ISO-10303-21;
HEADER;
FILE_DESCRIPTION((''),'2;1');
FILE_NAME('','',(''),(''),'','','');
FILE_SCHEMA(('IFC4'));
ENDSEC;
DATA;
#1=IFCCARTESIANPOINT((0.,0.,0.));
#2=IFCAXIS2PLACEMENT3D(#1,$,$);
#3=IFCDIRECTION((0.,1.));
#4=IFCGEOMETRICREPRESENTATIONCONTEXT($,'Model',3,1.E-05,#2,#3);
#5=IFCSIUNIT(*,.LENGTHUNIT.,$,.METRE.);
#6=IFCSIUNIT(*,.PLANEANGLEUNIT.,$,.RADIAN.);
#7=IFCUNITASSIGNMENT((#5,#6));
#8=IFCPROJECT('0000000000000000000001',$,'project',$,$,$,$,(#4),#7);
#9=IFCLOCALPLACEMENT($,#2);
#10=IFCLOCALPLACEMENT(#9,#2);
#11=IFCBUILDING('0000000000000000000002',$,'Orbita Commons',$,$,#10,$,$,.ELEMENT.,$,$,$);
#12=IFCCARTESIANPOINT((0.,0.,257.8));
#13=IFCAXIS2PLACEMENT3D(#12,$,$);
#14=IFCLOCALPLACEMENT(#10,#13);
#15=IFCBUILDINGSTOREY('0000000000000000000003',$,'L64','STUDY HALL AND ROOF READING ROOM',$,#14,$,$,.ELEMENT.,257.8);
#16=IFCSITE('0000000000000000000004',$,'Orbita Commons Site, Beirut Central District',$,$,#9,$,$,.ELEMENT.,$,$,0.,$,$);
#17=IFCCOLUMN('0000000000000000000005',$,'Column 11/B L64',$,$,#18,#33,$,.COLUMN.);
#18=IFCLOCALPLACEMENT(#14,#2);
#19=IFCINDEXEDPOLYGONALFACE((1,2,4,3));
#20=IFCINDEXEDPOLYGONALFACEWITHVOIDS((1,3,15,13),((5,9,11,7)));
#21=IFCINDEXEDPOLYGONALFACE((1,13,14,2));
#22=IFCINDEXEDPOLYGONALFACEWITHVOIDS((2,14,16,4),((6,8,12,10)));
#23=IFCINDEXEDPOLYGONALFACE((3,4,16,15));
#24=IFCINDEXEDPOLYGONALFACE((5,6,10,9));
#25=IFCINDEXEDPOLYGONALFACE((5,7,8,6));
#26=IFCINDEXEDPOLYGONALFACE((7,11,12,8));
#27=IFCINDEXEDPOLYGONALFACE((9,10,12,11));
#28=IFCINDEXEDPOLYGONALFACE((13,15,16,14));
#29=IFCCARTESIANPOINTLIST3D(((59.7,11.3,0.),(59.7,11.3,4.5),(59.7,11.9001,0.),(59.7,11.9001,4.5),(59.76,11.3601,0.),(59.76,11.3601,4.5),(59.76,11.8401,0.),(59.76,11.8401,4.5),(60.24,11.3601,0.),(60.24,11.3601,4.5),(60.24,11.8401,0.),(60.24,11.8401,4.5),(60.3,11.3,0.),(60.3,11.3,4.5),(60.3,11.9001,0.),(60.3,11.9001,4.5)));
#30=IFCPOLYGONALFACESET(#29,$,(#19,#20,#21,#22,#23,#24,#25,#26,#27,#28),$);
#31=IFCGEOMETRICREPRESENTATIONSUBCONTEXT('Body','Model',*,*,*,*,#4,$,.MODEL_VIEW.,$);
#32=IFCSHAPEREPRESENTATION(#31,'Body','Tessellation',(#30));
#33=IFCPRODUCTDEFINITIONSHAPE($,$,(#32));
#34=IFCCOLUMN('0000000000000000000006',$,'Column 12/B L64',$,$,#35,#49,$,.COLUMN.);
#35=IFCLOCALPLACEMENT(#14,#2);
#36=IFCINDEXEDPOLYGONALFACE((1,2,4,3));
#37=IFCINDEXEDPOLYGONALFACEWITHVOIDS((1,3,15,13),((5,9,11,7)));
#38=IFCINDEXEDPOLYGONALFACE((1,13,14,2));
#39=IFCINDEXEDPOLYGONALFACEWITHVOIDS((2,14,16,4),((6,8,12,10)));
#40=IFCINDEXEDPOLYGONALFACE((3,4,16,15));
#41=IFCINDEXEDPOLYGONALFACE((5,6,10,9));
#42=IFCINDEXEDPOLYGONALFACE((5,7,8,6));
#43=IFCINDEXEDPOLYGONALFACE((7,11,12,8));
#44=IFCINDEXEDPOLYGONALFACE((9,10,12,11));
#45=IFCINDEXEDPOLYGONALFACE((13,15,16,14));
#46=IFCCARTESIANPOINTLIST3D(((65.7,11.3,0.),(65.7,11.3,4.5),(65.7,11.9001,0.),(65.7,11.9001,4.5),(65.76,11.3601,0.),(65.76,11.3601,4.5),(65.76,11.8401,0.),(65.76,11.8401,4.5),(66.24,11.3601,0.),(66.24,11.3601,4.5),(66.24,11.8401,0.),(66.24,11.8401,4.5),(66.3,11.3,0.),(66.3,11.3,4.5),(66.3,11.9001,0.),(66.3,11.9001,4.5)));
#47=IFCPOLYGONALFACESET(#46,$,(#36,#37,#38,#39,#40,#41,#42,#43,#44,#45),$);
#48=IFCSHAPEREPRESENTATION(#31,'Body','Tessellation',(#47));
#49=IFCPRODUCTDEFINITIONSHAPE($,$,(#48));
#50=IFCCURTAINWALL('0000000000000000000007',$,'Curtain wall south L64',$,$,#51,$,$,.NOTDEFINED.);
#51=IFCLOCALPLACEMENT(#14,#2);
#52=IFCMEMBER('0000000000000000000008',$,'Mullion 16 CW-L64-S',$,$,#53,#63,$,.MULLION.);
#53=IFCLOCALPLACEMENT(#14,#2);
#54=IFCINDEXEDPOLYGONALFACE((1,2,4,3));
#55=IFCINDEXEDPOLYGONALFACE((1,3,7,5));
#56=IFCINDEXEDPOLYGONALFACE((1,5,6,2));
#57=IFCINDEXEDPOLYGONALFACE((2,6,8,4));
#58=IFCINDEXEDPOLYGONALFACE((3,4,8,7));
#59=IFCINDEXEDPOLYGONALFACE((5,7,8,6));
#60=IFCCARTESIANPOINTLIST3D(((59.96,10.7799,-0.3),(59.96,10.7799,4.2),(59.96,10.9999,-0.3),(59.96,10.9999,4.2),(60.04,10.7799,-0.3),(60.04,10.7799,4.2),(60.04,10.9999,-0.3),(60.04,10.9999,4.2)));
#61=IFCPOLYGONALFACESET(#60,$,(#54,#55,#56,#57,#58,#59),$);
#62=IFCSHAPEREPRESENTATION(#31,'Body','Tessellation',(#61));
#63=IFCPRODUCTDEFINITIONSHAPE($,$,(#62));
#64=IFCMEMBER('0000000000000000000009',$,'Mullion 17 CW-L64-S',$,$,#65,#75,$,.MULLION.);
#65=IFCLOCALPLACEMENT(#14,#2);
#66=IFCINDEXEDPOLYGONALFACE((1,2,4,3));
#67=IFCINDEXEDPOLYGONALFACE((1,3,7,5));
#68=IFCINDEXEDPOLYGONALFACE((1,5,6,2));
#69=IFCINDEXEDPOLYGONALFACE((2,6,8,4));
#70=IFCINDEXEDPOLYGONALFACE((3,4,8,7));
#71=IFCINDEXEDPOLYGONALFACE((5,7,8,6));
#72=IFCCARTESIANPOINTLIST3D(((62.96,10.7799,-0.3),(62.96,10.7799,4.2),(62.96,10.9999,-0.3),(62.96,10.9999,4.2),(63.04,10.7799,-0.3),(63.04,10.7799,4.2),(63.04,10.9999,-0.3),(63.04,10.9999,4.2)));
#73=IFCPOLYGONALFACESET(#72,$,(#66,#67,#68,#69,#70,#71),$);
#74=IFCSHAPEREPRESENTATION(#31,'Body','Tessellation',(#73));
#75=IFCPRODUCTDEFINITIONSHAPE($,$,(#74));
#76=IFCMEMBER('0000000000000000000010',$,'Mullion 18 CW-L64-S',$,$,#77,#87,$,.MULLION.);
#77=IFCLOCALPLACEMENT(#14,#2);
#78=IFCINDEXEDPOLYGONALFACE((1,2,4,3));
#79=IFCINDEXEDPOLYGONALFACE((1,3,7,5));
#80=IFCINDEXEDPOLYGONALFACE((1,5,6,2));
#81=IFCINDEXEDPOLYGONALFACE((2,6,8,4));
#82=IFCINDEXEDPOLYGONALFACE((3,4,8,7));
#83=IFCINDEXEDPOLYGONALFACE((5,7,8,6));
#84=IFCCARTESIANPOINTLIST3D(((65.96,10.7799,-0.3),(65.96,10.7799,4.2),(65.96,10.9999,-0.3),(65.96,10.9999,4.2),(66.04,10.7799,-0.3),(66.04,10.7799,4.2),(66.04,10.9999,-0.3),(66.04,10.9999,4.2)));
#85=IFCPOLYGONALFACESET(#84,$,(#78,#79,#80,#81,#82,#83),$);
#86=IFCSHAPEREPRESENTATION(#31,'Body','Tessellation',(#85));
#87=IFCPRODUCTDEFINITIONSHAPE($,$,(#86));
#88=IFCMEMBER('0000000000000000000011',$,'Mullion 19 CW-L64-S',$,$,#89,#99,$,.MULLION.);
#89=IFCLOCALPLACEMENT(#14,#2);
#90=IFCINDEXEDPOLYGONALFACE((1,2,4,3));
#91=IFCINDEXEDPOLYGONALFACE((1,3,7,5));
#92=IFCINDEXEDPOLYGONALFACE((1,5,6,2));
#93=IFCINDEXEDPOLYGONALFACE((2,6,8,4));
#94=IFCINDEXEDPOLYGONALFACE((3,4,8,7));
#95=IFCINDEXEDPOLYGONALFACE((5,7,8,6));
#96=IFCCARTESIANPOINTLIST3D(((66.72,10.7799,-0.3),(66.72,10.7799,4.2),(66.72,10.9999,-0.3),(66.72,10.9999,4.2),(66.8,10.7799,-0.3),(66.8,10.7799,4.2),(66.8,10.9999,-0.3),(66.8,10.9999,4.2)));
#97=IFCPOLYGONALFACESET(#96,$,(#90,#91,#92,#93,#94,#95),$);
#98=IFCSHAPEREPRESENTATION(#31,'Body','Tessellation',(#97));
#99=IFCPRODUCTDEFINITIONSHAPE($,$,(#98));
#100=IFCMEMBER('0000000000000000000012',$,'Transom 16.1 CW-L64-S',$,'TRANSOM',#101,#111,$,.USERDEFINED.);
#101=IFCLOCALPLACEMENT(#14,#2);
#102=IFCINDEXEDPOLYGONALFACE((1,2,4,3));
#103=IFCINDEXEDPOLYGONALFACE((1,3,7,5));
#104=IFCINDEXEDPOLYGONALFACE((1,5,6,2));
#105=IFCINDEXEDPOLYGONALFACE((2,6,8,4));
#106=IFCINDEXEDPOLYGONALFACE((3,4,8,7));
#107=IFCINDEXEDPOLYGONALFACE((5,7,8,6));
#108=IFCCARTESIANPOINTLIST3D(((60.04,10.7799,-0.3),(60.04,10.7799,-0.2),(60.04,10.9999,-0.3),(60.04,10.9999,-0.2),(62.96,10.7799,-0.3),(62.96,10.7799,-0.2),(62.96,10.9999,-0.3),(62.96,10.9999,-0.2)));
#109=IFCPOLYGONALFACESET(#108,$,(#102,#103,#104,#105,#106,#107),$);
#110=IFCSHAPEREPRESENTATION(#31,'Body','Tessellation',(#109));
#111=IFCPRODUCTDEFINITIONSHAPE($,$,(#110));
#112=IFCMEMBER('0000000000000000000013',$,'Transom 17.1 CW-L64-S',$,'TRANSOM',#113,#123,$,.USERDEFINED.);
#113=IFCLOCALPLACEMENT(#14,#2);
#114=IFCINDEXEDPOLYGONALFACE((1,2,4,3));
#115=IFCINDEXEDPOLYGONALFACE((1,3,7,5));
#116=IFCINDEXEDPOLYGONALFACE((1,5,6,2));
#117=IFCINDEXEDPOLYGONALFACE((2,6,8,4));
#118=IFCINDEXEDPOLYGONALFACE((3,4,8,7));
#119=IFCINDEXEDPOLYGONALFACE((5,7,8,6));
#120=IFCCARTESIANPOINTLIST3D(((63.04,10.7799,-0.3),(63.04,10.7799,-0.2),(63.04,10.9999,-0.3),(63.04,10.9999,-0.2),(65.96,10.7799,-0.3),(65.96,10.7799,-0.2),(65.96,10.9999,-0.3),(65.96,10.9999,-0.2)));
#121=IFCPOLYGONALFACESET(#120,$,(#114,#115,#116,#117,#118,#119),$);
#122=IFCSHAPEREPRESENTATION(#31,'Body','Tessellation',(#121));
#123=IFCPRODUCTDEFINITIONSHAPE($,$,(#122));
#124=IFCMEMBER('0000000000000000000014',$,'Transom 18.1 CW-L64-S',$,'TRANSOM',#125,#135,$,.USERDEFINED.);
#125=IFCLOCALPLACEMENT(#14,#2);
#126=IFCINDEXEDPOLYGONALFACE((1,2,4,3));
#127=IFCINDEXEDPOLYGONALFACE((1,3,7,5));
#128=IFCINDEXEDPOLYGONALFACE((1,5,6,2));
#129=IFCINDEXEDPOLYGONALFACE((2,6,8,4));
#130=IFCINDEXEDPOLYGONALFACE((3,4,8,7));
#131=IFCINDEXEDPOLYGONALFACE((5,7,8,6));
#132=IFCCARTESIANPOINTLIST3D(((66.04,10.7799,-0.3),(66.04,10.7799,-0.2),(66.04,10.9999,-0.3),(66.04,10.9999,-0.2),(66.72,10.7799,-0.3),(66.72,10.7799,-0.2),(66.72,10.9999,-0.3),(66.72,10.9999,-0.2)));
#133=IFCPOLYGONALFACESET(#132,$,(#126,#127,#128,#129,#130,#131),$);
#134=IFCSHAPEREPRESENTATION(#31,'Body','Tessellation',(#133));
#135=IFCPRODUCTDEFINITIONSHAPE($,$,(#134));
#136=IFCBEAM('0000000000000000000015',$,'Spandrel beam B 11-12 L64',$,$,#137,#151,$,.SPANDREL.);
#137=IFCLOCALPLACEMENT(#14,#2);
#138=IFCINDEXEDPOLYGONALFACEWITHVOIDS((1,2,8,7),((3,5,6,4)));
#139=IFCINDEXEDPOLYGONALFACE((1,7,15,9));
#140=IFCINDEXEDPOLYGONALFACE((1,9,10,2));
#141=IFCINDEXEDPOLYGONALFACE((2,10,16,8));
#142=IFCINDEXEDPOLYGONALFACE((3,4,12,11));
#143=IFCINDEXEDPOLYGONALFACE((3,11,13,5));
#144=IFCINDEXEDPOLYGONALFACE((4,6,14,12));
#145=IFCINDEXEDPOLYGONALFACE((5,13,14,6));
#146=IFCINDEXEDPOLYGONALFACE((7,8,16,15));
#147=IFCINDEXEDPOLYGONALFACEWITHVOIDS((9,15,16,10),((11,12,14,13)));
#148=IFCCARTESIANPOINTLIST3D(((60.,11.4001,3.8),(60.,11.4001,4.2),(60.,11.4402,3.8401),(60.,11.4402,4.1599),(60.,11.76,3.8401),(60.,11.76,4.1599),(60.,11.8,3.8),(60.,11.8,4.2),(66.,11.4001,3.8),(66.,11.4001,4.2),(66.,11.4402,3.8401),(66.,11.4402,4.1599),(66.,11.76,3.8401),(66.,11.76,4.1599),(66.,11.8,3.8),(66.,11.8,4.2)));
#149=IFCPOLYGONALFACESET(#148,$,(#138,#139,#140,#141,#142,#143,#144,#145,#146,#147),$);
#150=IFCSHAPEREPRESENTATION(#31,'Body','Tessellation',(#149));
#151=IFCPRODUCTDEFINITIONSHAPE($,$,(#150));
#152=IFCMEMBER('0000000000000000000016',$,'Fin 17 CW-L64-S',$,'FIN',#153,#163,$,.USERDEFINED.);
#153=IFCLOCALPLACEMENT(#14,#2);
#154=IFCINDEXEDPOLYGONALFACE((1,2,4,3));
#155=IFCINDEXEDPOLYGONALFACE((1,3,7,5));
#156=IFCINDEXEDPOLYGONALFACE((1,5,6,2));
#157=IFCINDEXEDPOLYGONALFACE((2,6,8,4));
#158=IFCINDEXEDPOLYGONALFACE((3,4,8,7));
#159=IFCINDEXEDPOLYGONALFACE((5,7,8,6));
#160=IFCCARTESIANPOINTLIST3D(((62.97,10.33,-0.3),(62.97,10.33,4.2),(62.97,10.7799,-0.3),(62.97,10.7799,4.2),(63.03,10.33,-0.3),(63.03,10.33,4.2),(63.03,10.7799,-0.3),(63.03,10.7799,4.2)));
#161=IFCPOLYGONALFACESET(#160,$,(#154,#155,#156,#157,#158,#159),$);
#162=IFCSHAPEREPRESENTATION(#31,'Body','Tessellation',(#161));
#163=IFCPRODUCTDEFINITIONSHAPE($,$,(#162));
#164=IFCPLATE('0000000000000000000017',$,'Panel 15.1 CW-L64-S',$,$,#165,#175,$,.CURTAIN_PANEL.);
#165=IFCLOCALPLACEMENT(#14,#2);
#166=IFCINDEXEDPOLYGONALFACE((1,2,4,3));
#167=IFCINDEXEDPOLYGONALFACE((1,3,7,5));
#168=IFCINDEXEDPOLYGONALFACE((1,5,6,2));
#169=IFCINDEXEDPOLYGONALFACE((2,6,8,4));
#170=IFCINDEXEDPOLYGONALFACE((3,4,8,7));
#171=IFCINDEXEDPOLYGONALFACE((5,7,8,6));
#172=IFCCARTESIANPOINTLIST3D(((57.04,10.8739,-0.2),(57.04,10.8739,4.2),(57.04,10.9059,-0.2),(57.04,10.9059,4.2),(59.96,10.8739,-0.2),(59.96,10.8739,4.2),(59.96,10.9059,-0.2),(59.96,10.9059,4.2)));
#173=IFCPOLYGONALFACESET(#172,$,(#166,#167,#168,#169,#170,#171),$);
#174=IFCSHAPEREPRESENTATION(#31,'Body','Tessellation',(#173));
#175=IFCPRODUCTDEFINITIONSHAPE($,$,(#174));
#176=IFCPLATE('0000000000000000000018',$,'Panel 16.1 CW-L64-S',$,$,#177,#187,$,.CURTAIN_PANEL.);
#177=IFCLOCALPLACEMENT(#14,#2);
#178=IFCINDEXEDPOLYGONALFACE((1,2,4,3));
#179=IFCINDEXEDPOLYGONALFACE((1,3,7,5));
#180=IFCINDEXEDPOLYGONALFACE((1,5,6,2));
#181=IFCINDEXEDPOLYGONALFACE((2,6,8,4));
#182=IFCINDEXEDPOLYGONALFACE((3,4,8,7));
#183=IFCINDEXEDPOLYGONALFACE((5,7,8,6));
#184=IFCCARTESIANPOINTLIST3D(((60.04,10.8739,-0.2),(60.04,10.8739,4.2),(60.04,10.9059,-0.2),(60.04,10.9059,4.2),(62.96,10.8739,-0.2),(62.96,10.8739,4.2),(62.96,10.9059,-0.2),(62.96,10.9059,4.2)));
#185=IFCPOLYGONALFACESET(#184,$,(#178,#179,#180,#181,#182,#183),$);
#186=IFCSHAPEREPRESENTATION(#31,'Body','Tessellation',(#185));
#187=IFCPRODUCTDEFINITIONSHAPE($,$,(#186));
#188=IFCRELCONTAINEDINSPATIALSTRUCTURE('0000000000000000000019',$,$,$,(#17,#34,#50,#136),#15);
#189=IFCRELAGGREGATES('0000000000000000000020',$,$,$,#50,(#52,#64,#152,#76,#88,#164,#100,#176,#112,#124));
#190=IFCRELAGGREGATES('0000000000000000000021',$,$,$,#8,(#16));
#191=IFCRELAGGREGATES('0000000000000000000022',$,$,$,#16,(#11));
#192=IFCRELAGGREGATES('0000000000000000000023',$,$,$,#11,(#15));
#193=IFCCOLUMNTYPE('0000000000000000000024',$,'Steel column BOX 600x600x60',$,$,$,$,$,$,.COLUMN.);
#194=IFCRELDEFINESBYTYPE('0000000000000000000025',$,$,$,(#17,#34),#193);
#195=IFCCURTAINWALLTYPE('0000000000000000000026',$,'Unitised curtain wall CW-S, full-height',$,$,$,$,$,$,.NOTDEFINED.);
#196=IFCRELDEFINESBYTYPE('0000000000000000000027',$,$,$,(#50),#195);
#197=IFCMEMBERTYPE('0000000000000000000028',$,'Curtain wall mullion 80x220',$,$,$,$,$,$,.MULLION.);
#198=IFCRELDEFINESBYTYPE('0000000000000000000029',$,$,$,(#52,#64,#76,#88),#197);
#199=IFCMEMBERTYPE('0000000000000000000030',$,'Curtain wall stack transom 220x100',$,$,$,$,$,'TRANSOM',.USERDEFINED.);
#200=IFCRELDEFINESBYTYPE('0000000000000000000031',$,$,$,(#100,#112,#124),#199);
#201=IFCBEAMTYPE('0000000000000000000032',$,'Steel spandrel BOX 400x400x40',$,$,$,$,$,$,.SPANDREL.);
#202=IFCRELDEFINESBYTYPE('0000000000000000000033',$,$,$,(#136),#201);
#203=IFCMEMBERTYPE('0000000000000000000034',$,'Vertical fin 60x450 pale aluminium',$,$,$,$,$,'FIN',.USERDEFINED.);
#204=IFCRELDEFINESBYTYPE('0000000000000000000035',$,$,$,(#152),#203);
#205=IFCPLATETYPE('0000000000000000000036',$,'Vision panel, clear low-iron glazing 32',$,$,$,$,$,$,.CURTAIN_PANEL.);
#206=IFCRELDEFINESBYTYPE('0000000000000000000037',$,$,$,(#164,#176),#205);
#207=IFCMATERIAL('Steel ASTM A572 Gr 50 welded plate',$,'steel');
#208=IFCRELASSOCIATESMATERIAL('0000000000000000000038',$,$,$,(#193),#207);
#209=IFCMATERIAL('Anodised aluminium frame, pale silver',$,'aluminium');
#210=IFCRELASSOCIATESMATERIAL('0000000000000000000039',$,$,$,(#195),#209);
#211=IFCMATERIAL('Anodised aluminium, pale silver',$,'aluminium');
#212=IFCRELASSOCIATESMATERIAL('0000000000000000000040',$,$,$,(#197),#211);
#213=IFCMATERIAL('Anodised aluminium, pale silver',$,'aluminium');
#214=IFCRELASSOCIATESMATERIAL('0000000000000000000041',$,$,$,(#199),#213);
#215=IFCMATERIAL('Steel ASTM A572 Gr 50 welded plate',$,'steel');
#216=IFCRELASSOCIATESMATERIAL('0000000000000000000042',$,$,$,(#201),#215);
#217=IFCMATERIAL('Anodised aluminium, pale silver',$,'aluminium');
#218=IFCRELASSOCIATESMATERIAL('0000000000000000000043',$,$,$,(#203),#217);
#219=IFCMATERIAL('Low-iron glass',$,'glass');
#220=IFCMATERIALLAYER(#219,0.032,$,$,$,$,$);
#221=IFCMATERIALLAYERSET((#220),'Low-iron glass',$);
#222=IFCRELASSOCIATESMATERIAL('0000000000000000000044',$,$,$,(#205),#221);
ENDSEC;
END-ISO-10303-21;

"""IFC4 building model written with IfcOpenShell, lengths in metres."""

from ifc_helpers import new_model, si_unit, direction, frame, origin, origin_2d, place, context, subcontext, project, spatial, rectangle, hollow_rectangle, extrude, material, layer, layer_set, material_profile, profile_set, type_object, element, aggregate, save


model = new_model("IFC4")

# Units and contexts
model_context = context("Model", 3, precision=1e-05, world=origin(), true_north=direction((0.0, 1.0)))
body_context = subcontext(model_context, "Body", "Model", "MODEL_VIEW")
ifc_project = project(units=[si_unit("LENGTHUNIT", "METRE"), si_unit("PLANEANGLEUNIT", "RADIAN")], contexts=[model_context])

# Site, building, storey
site_placement = place(None, origin())
site = spatial("IfcSite", under=ifc_project, at=site_placement, Name="Orbita Commons Site, Beirut Central District", CompositionType="ELEMENT", RefElevation=0.0)
building_placement = place(site_placement, origin())
building = spatial("IfcBuilding", under=site, at=building_placement, Name="Orbita Commons", CompositionType="ELEMENT")
storey_placement = place(building_placement, frame((0.0, 0.0, 257.8)))
storey = spatial("IfcBuildingStorey", under=building, at=storey_placement, Name="L64", Description="STUDY HALL AND ROOF READING ROOM", CompositionType="ELEMENT", Elevation=257.8)

# Columns
ifc_material_1 = material(Name="Steel ASTM A572 Gr 50 welded plate", Category="steel")
ifc_material_profile_1 = material_profile(ifc_material_1, hollow_rectangle(XDim=0.6001, YDim=0.6001, WallThickness=0.0601, at=origin_2d()), Name="BOX 600x600x60")
ifc_profile_set_1 = profile_set([ifc_material_profile_1], Name="Steel ASTM A572 Gr 50 welded plate")
column_type = type_object("IfcColumnType", Name="Steel column BOX 600x600x60", PredefinedType="COLUMN", material=ifc_profile_set_1)
for number, where, z_axis, x_axis, name in (
    (1, (60.0, 11.6001, 0.0), (0.0, 0.0, 1.0), (1.0, 0.0, 0.0), "Column 11/B L64"),
    (2, (66.0, 11.6001, 0.0), (0.0, 0.0, 1.0), (1.0, 0.0, 0.0), "Column 12/B L64"),
):
    element("IfcColumn", number, at=place(storey_placement, frame(where, z_axis=z_axis, x_axis=x_axis)), inside=storey, type_object=column_type, Name=name, PredefinedType="COLUMN", context=body_context, shape_type="SweptSolid", body=[
        extrude(hollow_rectangle(XDim=0.6001, YDim=0.6001, WallThickness=0.0601, at=origin_2d()), origin(), (0.0, 0.0, 1.0), 4.5),
    ])

# Curtain wall, members
ifc_material_2 = material(Name="Anodised aluminium frame, pale silver", Category="aluminium")
curtain_wall_type = type_object("IfcCurtainWallType", Name="Unitised curtain wall CW-S, full-height", PredefinedType="NOTDEFINED", material=ifc_material_2)
curtain_wall_placement = place(storey_placement, origin())
curtain_wall = element("IfcCurtainWall", 3, at=curtain_wall_placement, inside=storey, type_object=curtain_wall_type, Name="Curtain wall south L64", PredefinedType="NOTDEFINED")
ifc_material_3 = material(Name="Anodised aluminium, pale silver", Category="aluminium")
ifc_material_profile_2 = material_profile(ifc_material_3, rectangle(XDim=0.0801, YDim=0.22, at=origin_2d()), Name="AL 80x220")
ifc_profile_set_2 = profile_set([ifc_material_profile_2], Name="Anodised aluminium, pale silver")
member_type_1 = type_object("IfcMemberType", Name="Curtain wall mullion 80x220", PredefinedType="MULLION", material=ifc_profile_set_2)
member_1_placement = place(storey_placement, frame((60.0, 10.8899, -0.3), z_axis=(0.0, 0.0, 1.0), x_axis=(1.0, 0.0, 0.0)))
member_1 = element("IfcMember", 4, at=member_1_placement, type_object=member_type_1, Name="Mullion 16 CW-L64-S", PredefinedType="MULLION", context=body_context, shape_type="SweptSolid", body=[
    extrude(rectangle(XDim=0.0801, YDim=0.22, at=origin_2d()), origin(), (0.0, 0.0, 1.0), 4.5),
])
member_2_placement = place(storey_placement, frame((63.0, 10.8899, -0.3), z_axis=(0.0, 0.0, 1.0), x_axis=(1.0, 0.0, 0.0)))
member_2 = element("IfcMember", 5, at=member_2_placement, type_object=member_type_1, Name="Mullion 17 CW-L64-S", PredefinedType="MULLION", context=body_context, shape_type="SweptSolid", body=[
    extrude(rectangle(XDim=0.0801, YDim=0.22, at=origin_2d()), origin(), (0.0, 0.0, 1.0), 4.5),
])
member_3_placement = place(storey_placement, frame((66.0, 10.8899, -0.3), z_axis=(0.0, 0.0, 1.0), x_axis=(1.0, 0.0, 0.0)))
member_3 = element("IfcMember", 6, at=member_3_placement, type_object=member_type_1, Name="Mullion 18 CW-L64-S", PredefinedType="MULLION", context=body_context, shape_type="SweptSolid", body=[
    extrude(rectangle(XDim=0.0801, YDim=0.22, at=origin_2d()), origin(), (0.0, 0.0, 1.0), 4.5),
])
member_4_placement = place(storey_placement, frame((66.76, 10.8899, -0.3), z_axis=(0.0, 0.0, 1.0), x_axis=(1.0, 0.0, 0.0)))
member_4 = element("IfcMember", 7, at=member_4_placement, type_object=member_type_1, Name="Mullion 19 CW-L64-S", PredefinedType="MULLION", context=body_context, shape_type="SweptSolid", body=[
    extrude(rectangle(XDim=0.0801, YDim=0.22, at=origin_2d()), origin(), (0.0, 0.0, 1.0), 4.5),
])
ifc_material_4 = material(Name="Anodised aluminium, pale silver", Category="aluminium")
ifc_material_profile_3 = material_profile(ifc_material_4, rectangle(XDim=0.22, YDim=0.1001, at=origin_2d()), Name="AL 220x100")
ifc_profile_set_3 = profile_set([ifc_material_profile_3], Name="Anodised aluminium, pale silver")
member_type_2 = type_object("IfcMemberType", Name="Curtain wall stack transom 220x100", ElementType="TRANSOM", PredefinedType="USERDEFINED", material=ifc_profile_set_3)
member_5_placement = place(storey_placement, frame((60.04, 10.8899, -0.25), z_axis=(1.0, 0.0, 0.0), x_axis=(0.0, 1.0, 0.0)))
member_5 = element("IfcMember", 8, at=member_5_placement, type_object=member_type_2, Name="Transom 16.1 CW-L64-S", ObjectType="TRANSOM", PredefinedType="USERDEFINED", context=body_context, shape_type="SweptSolid", body=[
    extrude(rectangle(XDim=0.22, YDim=0.1001, at=origin_2d()), origin(), (0.0, 0.0, 1.0), 2.9199),
])
member_6_placement = place(storey_placement, frame((63.04, 10.8899, -0.25), z_axis=(1.0, 0.0, 0.0), x_axis=(0.0, 1.0, 0.0)))
member_6 = element("IfcMember", 9, at=member_6_placement, type_object=member_type_2, Name="Transom 17.1 CW-L64-S", ObjectType="TRANSOM", PredefinedType="USERDEFINED", context=body_context, shape_type="SweptSolid", body=[
    extrude(rectangle(XDim=0.22, YDim=0.1001, at=origin_2d()), origin(), (0.0, 0.0, 1.0), 2.9199),
])
member_7_placement = place(storey_placement, frame((66.04, 10.8899, -0.25), z_axis=(1.0, 0.0, 0.0), x_axis=(0.0, 1.0, 0.0)))
member_7 = element("IfcMember", 10, at=member_7_placement, type_object=member_type_2, Name="Transom 18.1 CW-L64-S", ObjectType="TRANSOM", PredefinedType="USERDEFINED", context=body_context, shape_type="SweptSolid", body=[
    extrude(rectangle(XDim=0.22, YDim=0.1001, at=origin_2d()), origin(), (0.0, 0.0, 1.0), 0.6799),
])

# Beam
ifc_material_5 = material(Name="Steel ASTM A572 Gr 50 welded plate", Category="steel")
ifc_material_profile_4 = material_profile(ifc_material_5, hollow_rectangle(XDim=0.3999, YDim=0.3999, WallThickness=0.04, at=origin_2d()), Name="BOX 400x400x40")
ifc_profile_set_4 = profile_set([ifc_material_profile_4], Name="Steel ASTM A572 Gr 50 welded plate")
beam_type = type_object("IfcBeamType", Name="Steel spandrel BOX 400x400x40", PredefinedType="SPANDREL", material=ifc_profile_set_4)
beam_placement = place(storey_placement, frame((60.0, 11.6001, 4.0), z_axis=(1.0, 0.0, 0.0), x_axis=(0.0, 1.0, 0.0)))
element("IfcBeam", 11, at=beam_placement, inside=storey, type_object=beam_type, Name="Spandrel beam B 11-12 L64", PredefinedType="SPANDREL", context=body_context, shape_type="SweptSolid", body=[
    extrude(hollow_rectangle(XDim=0.3999, YDim=0.3999, WallThickness=0.04, at=origin_2d()), origin(), (0.0, 0.0, 1.0), 6.0),
])

# Member
ifc_material_6 = material(Name="Anodised aluminium, pale silver", Category="aluminium")
ifc_material_profile_5 = material_profile(ifc_material_6, rectangle(XDim=0.0601, YDim=0.45, at=origin_2d()), Name="FIN 60x450")
ifc_profile_set_5 = profile_set([ifc_material_profile_5], Name="Anodised aluminium, pale silver")
member_type_3 = type_object("IfcMemberType", Name="Vertical fin 60x450 pale aluminium", ElementType="FIN", PredefinedType="USERDEFINED", material=ifc_profile_set_5)
member_8_placement = place(storey_placement, frame((63.0, 10.5549, -0.3), z_axis=(0.0, 0.0, 1.0), x_axis=(1.0, 0.0, 0.0)))
member_8 = element("IfcMember", 12, at=member_8_placement, type_object=member_type_3, Name="Fin 17 CW-L64-S", ObjectType="FIN", PredefinedType="USERDEFINED", context=body_context, shape_type="SweptSolid", body=[
    extrude(rectangle(XDim=0.0601, YDim=0.45, at=origin_2d()), origin(), (0.0, 0.0, 1.0), 4.5),
])

# Plates
ifc_material_7 = material(Name="Low-iron glass", Category="glass")
ifc_layer_1 = layer(ifc_material_7, 0.032)
ifc_layer_set_1 = layer_set([ifc_layer_1], Name="Low-iron glass")
plate_type = type_object("IfcPlateType", Name="Vision panel, clear low-iron glazing 32", PredefinedType="CURTAIN_PANEL", material=ifc_layer_set_1)
plate_1_placement = place(storey_placement, frame((58.5, 10.8899, -0.2), z_axis=(0.0, 0.0, 1.0), x_axis=(1.0, 0.0, 0.0)))
plate_1 = element("IfcPlate", 13, at=plate_1_placement, type_object=plate_type, Name="Panel 15.1 CW-L64-S", PredefinedType="CURTAIN_PANEL", context=body_context, shape_type="SweptSolid", body=[
    extrude(rectangle(XDim=2.9199, YDim=0.032, at=origin_2d()), origin(), (0.0, 0.0, 1.0), 4.3999),
])
plate_2_placement = place(storey_placement, frame((61.5, 10.8899, -0.2), z_axis=(0.0, 0.0, 1.0), x_axis=(1.0, 0.0, 0.0)))
plate_2 = element("IfcPlate", 14, at=plate_2_placement, type_object=plate_type, Name="Panel 16.1 CW-L64-S", PredefinedType="CURTAIN_PANEL", context=body_context, shape_type="SweptSolid", body=[
    extrude(rectangle(XDim=2.9199, YDim=0.032, at=origin_2d()), origin(), (0.0, 0.0, 1.0), 4.3999),
])
aggregate(curtain_wall, [member_1, member_2, member_8, member_3, member_4, plate_1, member_5, plate_2, member_6, member_7])

save(model, "model.ifc")
